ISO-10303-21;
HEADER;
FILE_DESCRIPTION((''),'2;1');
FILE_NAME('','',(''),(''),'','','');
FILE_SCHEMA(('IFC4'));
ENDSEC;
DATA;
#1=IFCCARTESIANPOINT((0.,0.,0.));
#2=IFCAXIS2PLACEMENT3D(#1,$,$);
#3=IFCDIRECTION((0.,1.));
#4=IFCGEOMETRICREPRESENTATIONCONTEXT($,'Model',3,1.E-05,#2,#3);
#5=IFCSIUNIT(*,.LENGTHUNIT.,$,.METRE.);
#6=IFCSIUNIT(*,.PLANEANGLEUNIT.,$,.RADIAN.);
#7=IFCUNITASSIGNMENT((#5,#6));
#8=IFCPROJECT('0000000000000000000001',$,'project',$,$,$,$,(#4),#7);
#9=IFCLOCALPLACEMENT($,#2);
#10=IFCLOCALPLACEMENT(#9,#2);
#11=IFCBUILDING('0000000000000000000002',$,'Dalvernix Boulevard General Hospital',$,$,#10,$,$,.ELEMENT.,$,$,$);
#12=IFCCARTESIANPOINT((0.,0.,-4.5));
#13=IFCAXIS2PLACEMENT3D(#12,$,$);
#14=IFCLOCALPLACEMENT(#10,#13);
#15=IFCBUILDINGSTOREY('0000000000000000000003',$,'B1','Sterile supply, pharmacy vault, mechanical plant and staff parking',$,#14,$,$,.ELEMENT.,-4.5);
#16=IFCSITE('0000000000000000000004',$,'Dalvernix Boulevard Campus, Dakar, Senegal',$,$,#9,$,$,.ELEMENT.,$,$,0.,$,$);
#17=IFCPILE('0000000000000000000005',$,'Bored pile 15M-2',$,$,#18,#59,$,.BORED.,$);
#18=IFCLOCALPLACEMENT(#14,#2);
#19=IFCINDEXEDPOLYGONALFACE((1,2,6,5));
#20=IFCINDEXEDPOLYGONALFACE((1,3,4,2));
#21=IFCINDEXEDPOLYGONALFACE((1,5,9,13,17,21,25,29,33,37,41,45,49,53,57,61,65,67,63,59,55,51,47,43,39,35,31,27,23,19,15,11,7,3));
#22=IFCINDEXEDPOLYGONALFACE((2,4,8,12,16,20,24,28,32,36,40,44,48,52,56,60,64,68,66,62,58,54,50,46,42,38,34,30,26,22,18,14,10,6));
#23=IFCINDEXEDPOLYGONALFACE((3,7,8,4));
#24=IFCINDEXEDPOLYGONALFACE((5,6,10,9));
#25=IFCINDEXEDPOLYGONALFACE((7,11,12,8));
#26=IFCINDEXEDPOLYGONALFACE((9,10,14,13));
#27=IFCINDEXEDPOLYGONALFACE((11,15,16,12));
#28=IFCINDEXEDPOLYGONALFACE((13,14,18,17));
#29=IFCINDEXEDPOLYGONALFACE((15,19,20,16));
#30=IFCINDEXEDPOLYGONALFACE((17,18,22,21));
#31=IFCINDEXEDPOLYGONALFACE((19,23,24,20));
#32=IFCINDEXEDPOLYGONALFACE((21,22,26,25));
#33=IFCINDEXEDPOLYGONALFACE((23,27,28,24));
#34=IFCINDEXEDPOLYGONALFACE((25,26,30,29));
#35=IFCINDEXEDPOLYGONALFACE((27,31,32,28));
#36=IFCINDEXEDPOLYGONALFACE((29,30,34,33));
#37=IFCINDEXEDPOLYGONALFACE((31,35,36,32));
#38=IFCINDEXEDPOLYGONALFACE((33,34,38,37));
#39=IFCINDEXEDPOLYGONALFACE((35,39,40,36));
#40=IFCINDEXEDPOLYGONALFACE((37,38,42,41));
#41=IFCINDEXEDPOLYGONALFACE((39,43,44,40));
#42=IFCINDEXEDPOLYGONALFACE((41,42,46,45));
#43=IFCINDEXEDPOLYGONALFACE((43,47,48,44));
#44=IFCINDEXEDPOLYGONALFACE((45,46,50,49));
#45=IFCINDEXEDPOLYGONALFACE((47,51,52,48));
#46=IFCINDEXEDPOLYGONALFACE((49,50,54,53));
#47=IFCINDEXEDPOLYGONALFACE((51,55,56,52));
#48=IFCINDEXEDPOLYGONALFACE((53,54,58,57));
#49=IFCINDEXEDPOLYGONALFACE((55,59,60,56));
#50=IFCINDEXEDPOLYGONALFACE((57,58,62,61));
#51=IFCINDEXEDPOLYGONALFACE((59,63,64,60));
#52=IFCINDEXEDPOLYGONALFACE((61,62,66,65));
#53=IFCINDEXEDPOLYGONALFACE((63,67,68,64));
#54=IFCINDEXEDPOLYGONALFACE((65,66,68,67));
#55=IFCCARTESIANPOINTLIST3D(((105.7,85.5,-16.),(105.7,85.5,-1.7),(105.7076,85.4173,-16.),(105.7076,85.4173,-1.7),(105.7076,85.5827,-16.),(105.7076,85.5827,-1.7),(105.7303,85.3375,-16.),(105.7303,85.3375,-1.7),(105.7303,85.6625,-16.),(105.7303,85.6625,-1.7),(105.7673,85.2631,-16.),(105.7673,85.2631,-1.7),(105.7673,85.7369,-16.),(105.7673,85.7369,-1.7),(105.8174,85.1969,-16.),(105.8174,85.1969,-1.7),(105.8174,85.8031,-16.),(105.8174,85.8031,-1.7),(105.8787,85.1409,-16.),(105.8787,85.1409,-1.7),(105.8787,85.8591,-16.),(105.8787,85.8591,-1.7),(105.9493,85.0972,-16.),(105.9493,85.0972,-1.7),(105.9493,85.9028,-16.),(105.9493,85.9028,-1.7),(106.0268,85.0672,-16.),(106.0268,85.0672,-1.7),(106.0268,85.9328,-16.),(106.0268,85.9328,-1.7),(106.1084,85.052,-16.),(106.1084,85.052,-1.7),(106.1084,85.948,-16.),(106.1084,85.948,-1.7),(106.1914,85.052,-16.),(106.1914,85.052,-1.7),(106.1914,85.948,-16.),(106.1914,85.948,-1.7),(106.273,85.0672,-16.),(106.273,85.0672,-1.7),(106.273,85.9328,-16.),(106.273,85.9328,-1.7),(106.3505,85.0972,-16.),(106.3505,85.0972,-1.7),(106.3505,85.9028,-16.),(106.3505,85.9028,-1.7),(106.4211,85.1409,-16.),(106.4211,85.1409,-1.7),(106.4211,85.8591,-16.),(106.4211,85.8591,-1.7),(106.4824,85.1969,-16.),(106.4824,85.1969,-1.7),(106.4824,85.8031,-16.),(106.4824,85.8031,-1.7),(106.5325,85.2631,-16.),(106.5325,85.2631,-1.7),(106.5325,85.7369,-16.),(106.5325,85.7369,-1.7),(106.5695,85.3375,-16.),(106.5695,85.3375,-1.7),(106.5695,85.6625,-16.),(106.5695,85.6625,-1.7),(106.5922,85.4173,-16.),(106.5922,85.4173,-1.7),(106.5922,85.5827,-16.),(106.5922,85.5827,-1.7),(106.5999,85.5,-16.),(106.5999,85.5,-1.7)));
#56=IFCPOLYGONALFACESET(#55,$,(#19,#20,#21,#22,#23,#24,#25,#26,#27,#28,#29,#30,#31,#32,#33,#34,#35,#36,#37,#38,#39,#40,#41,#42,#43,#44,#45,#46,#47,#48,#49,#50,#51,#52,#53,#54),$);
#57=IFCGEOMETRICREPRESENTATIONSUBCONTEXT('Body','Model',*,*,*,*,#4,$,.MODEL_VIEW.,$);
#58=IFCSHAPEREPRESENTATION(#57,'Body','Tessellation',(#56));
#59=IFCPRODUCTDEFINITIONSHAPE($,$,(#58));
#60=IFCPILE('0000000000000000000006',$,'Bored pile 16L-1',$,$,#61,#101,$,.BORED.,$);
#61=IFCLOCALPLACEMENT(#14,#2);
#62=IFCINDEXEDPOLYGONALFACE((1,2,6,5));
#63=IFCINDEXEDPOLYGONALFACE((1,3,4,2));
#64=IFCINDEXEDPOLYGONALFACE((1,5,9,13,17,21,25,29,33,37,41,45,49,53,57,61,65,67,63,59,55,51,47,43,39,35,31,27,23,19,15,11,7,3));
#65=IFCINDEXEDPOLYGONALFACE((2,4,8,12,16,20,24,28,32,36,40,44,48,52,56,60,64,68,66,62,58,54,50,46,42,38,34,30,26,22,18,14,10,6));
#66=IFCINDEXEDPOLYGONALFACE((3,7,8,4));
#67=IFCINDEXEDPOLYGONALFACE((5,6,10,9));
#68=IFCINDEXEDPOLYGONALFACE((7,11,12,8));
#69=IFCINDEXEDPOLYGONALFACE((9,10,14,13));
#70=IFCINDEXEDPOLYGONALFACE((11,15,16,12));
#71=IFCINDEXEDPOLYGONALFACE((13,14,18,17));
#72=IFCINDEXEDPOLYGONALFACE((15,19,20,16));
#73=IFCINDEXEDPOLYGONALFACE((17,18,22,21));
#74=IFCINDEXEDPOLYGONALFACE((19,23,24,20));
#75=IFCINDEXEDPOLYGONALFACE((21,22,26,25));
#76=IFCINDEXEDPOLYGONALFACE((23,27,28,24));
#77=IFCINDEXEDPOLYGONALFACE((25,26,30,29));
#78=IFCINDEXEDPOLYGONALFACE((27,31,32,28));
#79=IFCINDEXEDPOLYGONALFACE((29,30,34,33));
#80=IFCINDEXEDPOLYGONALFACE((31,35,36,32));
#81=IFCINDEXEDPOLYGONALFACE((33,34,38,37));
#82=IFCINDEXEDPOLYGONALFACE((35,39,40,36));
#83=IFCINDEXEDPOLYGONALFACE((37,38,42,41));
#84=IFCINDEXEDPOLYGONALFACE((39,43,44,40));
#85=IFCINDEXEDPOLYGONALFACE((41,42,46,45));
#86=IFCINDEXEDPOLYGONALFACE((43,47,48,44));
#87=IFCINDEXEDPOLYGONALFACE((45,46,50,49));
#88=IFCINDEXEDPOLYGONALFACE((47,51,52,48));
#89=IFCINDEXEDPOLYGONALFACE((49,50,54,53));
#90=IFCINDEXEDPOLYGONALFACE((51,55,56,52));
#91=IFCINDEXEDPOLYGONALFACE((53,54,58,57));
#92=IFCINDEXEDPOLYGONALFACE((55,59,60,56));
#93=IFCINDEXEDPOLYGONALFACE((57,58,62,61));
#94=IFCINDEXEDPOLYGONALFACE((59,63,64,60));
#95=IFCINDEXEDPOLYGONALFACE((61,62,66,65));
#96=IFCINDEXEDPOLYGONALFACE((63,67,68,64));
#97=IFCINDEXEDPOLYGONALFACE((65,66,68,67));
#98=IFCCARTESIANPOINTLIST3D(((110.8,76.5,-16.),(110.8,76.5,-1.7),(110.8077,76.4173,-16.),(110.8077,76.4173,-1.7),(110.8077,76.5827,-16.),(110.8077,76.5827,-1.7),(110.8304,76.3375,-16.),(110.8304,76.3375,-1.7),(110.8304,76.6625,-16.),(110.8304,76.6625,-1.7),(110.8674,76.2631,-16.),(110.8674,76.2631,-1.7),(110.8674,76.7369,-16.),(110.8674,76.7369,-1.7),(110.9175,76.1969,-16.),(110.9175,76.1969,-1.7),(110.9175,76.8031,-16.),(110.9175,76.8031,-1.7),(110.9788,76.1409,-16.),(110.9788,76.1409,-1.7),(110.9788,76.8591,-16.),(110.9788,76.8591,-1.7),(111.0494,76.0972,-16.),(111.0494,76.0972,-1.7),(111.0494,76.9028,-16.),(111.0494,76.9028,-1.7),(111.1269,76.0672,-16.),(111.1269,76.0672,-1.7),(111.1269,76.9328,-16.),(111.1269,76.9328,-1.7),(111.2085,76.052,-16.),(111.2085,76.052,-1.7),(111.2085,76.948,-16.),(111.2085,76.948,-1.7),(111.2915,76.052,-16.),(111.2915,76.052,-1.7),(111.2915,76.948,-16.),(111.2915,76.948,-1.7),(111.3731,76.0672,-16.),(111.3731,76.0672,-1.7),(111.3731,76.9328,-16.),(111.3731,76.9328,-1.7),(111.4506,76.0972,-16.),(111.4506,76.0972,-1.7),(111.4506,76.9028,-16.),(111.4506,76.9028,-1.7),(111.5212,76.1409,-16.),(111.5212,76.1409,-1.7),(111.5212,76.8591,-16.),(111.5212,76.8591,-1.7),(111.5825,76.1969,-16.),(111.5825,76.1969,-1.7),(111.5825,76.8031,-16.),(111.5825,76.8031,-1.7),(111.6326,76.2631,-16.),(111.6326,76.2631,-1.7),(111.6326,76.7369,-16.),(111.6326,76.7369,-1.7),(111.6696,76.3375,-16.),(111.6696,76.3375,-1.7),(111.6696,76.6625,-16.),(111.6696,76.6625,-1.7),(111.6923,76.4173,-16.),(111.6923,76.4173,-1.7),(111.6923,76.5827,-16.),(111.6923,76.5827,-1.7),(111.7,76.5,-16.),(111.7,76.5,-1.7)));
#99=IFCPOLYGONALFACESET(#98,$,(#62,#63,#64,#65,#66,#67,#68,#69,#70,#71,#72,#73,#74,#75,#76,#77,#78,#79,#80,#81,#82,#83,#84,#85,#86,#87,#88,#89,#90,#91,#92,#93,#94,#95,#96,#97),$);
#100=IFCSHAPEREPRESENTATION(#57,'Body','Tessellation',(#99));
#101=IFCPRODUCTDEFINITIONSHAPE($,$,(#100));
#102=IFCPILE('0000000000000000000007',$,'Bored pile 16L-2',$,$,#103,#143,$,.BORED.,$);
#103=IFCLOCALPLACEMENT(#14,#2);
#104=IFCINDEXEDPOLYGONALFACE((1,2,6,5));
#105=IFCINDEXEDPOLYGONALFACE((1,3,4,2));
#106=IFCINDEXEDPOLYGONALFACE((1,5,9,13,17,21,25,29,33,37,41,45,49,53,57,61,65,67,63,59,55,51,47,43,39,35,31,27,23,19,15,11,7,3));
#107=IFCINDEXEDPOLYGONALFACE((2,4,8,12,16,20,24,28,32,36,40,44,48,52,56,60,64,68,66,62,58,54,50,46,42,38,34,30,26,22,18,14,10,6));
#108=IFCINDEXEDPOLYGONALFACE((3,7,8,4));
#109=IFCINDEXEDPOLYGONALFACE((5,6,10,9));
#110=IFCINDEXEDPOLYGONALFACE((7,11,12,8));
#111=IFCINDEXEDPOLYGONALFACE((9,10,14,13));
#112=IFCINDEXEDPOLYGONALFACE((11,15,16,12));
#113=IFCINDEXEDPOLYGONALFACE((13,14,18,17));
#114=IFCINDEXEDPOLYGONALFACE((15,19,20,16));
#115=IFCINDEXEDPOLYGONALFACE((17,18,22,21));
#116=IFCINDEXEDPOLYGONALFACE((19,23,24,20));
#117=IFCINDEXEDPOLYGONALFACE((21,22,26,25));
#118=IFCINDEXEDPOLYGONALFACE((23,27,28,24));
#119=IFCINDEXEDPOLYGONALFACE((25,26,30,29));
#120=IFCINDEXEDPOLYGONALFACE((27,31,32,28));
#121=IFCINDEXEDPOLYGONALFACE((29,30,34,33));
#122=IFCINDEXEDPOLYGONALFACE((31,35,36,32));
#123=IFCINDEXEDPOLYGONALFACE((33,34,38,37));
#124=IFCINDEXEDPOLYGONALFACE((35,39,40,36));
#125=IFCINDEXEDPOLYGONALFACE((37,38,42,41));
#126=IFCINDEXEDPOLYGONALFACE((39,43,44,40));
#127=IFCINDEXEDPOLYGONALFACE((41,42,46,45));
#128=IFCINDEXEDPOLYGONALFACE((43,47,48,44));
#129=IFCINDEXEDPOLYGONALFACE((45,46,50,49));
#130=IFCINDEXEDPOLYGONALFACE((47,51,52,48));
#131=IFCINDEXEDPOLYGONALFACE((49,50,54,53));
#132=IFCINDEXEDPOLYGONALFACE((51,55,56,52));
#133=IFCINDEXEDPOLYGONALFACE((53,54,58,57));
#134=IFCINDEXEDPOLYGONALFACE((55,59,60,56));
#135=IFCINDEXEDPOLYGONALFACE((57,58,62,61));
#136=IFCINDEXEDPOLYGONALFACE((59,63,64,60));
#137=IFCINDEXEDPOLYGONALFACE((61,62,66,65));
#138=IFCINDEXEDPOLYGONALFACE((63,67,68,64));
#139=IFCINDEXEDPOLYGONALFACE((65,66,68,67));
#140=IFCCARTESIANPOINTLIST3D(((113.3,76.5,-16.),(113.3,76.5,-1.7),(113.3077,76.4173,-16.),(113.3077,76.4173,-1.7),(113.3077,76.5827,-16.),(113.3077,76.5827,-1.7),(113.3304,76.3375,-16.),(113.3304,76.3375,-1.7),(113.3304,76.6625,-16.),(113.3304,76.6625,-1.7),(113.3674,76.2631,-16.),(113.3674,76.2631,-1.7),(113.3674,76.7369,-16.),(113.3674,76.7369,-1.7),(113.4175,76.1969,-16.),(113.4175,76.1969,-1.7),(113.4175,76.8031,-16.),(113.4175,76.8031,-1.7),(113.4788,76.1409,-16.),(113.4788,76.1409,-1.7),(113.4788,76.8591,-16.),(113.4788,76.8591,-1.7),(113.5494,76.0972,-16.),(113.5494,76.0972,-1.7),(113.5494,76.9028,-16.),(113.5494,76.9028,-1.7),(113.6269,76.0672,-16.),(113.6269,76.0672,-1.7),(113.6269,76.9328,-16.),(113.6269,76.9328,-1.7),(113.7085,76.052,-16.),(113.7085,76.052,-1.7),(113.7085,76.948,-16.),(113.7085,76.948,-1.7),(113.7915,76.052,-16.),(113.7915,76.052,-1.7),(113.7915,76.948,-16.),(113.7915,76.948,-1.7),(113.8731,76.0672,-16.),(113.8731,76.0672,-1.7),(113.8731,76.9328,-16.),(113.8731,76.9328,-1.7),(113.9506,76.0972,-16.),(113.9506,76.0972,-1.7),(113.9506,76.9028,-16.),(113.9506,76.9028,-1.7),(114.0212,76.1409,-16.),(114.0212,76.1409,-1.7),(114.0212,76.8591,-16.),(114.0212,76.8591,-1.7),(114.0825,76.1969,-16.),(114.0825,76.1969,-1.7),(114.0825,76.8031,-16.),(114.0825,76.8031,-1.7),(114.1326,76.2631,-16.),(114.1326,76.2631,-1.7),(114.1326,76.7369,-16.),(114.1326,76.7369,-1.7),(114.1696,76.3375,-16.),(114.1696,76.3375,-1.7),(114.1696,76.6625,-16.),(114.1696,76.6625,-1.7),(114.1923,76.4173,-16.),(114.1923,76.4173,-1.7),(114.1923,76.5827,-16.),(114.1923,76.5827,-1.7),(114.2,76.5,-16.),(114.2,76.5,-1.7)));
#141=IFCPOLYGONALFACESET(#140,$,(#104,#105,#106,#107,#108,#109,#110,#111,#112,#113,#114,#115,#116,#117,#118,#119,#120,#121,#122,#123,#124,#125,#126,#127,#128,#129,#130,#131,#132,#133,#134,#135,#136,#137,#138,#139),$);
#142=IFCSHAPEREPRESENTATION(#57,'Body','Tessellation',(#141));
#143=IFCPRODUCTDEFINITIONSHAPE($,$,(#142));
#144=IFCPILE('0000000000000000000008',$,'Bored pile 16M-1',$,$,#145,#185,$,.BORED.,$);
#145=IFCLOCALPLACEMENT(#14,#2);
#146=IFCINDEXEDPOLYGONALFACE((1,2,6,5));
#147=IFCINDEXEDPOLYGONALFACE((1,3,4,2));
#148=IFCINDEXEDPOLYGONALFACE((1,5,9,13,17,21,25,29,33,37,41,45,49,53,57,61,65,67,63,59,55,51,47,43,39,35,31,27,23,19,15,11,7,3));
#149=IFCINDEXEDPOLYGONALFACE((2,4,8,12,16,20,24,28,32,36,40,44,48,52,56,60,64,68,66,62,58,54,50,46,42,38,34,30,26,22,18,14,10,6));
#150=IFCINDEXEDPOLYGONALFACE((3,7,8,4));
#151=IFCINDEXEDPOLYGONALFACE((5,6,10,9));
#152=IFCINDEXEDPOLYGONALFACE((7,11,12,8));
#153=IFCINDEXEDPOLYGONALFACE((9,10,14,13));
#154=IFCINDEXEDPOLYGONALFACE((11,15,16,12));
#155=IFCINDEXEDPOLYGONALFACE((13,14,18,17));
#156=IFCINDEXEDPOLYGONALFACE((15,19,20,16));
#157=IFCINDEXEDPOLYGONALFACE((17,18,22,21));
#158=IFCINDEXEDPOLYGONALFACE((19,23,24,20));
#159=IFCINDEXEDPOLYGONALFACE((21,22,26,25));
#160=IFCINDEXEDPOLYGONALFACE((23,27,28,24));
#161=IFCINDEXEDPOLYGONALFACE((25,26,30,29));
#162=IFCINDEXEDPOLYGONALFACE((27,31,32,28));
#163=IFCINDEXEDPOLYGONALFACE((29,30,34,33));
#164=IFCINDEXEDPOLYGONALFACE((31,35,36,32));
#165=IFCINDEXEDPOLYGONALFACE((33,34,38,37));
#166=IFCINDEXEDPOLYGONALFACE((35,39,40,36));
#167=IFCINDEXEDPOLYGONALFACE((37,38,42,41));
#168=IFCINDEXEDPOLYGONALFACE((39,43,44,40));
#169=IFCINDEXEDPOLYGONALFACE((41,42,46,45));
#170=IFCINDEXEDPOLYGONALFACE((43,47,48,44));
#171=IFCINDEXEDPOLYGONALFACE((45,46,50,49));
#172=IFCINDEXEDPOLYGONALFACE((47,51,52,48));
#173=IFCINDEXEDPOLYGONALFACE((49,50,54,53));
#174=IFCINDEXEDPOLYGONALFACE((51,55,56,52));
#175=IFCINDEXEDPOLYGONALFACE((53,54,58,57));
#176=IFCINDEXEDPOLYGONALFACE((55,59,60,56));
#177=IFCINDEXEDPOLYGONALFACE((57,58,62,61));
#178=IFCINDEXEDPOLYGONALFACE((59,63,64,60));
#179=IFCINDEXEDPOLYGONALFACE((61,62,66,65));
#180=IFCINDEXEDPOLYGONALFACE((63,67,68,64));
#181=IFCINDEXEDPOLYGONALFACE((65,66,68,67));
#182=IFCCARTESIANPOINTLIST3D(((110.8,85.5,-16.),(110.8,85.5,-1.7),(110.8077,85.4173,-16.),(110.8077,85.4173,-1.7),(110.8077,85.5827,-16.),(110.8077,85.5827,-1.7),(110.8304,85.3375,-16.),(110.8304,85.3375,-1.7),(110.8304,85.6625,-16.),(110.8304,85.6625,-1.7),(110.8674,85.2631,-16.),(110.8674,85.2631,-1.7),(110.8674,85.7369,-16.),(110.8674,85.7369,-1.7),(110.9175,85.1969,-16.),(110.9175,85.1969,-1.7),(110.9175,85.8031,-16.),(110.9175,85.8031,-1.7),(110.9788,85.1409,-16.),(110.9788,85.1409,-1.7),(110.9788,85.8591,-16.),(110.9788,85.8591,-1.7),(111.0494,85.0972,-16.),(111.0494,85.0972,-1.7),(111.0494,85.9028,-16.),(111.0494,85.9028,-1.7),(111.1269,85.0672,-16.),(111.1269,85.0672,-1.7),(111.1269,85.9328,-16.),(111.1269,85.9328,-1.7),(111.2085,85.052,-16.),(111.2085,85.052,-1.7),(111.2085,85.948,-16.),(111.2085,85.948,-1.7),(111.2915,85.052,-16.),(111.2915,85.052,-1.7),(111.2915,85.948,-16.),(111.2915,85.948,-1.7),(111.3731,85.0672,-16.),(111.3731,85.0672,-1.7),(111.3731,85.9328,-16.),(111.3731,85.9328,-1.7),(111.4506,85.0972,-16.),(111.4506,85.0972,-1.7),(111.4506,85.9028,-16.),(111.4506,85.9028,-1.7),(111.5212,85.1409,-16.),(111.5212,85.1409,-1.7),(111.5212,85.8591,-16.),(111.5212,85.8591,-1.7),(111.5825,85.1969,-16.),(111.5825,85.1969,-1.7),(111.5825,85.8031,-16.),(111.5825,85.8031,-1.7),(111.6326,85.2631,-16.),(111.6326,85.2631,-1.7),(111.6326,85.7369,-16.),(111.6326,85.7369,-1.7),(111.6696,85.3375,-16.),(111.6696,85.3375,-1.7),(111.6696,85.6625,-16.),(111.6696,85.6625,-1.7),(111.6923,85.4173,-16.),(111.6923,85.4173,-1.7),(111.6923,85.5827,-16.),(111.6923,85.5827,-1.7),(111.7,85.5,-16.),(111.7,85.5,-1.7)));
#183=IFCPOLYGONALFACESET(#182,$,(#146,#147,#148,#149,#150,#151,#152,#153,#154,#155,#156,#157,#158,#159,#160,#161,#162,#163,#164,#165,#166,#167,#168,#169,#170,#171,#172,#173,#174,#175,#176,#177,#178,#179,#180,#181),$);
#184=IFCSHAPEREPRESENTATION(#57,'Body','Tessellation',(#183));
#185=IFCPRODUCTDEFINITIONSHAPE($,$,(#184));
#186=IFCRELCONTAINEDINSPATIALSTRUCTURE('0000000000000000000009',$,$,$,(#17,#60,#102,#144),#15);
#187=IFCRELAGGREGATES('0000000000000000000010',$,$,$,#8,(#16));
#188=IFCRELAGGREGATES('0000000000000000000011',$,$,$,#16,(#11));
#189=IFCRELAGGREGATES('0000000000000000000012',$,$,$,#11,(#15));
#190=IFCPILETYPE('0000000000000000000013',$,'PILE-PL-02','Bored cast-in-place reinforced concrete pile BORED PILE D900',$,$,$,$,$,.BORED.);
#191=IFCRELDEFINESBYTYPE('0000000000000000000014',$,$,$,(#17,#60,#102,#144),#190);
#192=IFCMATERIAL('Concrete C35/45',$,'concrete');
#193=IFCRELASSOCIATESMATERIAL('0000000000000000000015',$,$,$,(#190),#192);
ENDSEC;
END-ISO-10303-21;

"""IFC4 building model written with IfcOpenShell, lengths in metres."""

from ifc_helpers import new_model, si_unit, direction, frame, origin, origin_2d, place, context, subcontext, project, spatial, circle, extrude, material, material_profile, profile_set, type_object, element, save


model = new_model("IFC4")

# Units and contexts
model_context = context("Model", 3, precision=1e-05, world=origin(), true_north=direction((0.0, 1.0)))
body_context = subcontext(model_context, "Body", "Model", "MODEL_VIEW")
ifc_project = project(units=[si_unit("LENGTHUNIT", "METRE"), si_unit("PLANEANGLEUNIT", "RADIAN")], contexts=[model_context])

# Site, building, storey
site_placement = place(None, origin())
site = spatial("IfcSite", under=ifc_project, at=site_placement, Name="Dalvernix Boulevard Campus, Dakar, Senegal", CompositionType="ELEMENT", RefElevation=0.0)
building_placement = place(site_placement, origin())
building = spatial("IfcBuilding", under=site, at=building_placement, Name="Dalvernix Boulevard General Hospital", CompositionType="ELEMENT")
storey_placement = place(building_placement, frame((0.0, 0.0, -4.5)))
storey = spatial("IfcBuildingStorey", under=building, at=storey_placement, Name="B1", Description="Sterile supply, pharmacy vault, mechanical plant and staff parking", CompositionType="ELEMENT", Elevation=-4.5)

# Shared definitions
ifc_material_1 = material(Name="Concrete C35/45", Category="concrete")

# Piles
ifc_material_profile_1 = material_profile(ifc_material_1, circle(Radius=0.45, at=origin_2d()), Name="BORED PILE D900")
ifc_profile_set_1 = profile_set([ifc_material_profile_1], Name="Concrete C35/45")
pile_type = type_object("IfcPileType", Name="PILE-PL-02", Description="Bored cast-in-place reinforced concrete pile BORED PILE D900", PredefinedType="BORED", material=ifc_profile_set_1)
for number, where, z_axis, x_axis, name in (
    (1, (106.1499, 85.5, -1.7), (0.0, 0.0, -1.0), (1.0, 0.0, 0.0), "Bored pile 15M-2"),
    (2, (111.25, 76.5, -1.7), (0.0, 0.0, -1.0), (1.0, 0.0, 0.0), "Bored pile 16L-1"),
    (3, (113.75, 76.5, -1.7), (0.0, 0.0, -1.0), (1.0, 0.0, 0.0), "Bored pile 16L-2"),
    (4, (111.25, 85.5, -1.7), (0.0, 0.0, -1.0), (1.0, 0.0, 0.0), "Bored pile 16M-1"),
):
    element("IfcPile", number, at=place(storey_placement, frame(where, z_axis=z_axis, x_axis=x_axis)), inside=storey, type_object=pile_type, Name=name, PredefinedType="BORED", context=body_context, shape_type="SweptSolid", body=[
        extrude(circle(Radius=0.45, at=origin_2d()), origin(), (0.0, 0.0, 1.0), 14.3),
    ])

save(model, "model.ifc")
